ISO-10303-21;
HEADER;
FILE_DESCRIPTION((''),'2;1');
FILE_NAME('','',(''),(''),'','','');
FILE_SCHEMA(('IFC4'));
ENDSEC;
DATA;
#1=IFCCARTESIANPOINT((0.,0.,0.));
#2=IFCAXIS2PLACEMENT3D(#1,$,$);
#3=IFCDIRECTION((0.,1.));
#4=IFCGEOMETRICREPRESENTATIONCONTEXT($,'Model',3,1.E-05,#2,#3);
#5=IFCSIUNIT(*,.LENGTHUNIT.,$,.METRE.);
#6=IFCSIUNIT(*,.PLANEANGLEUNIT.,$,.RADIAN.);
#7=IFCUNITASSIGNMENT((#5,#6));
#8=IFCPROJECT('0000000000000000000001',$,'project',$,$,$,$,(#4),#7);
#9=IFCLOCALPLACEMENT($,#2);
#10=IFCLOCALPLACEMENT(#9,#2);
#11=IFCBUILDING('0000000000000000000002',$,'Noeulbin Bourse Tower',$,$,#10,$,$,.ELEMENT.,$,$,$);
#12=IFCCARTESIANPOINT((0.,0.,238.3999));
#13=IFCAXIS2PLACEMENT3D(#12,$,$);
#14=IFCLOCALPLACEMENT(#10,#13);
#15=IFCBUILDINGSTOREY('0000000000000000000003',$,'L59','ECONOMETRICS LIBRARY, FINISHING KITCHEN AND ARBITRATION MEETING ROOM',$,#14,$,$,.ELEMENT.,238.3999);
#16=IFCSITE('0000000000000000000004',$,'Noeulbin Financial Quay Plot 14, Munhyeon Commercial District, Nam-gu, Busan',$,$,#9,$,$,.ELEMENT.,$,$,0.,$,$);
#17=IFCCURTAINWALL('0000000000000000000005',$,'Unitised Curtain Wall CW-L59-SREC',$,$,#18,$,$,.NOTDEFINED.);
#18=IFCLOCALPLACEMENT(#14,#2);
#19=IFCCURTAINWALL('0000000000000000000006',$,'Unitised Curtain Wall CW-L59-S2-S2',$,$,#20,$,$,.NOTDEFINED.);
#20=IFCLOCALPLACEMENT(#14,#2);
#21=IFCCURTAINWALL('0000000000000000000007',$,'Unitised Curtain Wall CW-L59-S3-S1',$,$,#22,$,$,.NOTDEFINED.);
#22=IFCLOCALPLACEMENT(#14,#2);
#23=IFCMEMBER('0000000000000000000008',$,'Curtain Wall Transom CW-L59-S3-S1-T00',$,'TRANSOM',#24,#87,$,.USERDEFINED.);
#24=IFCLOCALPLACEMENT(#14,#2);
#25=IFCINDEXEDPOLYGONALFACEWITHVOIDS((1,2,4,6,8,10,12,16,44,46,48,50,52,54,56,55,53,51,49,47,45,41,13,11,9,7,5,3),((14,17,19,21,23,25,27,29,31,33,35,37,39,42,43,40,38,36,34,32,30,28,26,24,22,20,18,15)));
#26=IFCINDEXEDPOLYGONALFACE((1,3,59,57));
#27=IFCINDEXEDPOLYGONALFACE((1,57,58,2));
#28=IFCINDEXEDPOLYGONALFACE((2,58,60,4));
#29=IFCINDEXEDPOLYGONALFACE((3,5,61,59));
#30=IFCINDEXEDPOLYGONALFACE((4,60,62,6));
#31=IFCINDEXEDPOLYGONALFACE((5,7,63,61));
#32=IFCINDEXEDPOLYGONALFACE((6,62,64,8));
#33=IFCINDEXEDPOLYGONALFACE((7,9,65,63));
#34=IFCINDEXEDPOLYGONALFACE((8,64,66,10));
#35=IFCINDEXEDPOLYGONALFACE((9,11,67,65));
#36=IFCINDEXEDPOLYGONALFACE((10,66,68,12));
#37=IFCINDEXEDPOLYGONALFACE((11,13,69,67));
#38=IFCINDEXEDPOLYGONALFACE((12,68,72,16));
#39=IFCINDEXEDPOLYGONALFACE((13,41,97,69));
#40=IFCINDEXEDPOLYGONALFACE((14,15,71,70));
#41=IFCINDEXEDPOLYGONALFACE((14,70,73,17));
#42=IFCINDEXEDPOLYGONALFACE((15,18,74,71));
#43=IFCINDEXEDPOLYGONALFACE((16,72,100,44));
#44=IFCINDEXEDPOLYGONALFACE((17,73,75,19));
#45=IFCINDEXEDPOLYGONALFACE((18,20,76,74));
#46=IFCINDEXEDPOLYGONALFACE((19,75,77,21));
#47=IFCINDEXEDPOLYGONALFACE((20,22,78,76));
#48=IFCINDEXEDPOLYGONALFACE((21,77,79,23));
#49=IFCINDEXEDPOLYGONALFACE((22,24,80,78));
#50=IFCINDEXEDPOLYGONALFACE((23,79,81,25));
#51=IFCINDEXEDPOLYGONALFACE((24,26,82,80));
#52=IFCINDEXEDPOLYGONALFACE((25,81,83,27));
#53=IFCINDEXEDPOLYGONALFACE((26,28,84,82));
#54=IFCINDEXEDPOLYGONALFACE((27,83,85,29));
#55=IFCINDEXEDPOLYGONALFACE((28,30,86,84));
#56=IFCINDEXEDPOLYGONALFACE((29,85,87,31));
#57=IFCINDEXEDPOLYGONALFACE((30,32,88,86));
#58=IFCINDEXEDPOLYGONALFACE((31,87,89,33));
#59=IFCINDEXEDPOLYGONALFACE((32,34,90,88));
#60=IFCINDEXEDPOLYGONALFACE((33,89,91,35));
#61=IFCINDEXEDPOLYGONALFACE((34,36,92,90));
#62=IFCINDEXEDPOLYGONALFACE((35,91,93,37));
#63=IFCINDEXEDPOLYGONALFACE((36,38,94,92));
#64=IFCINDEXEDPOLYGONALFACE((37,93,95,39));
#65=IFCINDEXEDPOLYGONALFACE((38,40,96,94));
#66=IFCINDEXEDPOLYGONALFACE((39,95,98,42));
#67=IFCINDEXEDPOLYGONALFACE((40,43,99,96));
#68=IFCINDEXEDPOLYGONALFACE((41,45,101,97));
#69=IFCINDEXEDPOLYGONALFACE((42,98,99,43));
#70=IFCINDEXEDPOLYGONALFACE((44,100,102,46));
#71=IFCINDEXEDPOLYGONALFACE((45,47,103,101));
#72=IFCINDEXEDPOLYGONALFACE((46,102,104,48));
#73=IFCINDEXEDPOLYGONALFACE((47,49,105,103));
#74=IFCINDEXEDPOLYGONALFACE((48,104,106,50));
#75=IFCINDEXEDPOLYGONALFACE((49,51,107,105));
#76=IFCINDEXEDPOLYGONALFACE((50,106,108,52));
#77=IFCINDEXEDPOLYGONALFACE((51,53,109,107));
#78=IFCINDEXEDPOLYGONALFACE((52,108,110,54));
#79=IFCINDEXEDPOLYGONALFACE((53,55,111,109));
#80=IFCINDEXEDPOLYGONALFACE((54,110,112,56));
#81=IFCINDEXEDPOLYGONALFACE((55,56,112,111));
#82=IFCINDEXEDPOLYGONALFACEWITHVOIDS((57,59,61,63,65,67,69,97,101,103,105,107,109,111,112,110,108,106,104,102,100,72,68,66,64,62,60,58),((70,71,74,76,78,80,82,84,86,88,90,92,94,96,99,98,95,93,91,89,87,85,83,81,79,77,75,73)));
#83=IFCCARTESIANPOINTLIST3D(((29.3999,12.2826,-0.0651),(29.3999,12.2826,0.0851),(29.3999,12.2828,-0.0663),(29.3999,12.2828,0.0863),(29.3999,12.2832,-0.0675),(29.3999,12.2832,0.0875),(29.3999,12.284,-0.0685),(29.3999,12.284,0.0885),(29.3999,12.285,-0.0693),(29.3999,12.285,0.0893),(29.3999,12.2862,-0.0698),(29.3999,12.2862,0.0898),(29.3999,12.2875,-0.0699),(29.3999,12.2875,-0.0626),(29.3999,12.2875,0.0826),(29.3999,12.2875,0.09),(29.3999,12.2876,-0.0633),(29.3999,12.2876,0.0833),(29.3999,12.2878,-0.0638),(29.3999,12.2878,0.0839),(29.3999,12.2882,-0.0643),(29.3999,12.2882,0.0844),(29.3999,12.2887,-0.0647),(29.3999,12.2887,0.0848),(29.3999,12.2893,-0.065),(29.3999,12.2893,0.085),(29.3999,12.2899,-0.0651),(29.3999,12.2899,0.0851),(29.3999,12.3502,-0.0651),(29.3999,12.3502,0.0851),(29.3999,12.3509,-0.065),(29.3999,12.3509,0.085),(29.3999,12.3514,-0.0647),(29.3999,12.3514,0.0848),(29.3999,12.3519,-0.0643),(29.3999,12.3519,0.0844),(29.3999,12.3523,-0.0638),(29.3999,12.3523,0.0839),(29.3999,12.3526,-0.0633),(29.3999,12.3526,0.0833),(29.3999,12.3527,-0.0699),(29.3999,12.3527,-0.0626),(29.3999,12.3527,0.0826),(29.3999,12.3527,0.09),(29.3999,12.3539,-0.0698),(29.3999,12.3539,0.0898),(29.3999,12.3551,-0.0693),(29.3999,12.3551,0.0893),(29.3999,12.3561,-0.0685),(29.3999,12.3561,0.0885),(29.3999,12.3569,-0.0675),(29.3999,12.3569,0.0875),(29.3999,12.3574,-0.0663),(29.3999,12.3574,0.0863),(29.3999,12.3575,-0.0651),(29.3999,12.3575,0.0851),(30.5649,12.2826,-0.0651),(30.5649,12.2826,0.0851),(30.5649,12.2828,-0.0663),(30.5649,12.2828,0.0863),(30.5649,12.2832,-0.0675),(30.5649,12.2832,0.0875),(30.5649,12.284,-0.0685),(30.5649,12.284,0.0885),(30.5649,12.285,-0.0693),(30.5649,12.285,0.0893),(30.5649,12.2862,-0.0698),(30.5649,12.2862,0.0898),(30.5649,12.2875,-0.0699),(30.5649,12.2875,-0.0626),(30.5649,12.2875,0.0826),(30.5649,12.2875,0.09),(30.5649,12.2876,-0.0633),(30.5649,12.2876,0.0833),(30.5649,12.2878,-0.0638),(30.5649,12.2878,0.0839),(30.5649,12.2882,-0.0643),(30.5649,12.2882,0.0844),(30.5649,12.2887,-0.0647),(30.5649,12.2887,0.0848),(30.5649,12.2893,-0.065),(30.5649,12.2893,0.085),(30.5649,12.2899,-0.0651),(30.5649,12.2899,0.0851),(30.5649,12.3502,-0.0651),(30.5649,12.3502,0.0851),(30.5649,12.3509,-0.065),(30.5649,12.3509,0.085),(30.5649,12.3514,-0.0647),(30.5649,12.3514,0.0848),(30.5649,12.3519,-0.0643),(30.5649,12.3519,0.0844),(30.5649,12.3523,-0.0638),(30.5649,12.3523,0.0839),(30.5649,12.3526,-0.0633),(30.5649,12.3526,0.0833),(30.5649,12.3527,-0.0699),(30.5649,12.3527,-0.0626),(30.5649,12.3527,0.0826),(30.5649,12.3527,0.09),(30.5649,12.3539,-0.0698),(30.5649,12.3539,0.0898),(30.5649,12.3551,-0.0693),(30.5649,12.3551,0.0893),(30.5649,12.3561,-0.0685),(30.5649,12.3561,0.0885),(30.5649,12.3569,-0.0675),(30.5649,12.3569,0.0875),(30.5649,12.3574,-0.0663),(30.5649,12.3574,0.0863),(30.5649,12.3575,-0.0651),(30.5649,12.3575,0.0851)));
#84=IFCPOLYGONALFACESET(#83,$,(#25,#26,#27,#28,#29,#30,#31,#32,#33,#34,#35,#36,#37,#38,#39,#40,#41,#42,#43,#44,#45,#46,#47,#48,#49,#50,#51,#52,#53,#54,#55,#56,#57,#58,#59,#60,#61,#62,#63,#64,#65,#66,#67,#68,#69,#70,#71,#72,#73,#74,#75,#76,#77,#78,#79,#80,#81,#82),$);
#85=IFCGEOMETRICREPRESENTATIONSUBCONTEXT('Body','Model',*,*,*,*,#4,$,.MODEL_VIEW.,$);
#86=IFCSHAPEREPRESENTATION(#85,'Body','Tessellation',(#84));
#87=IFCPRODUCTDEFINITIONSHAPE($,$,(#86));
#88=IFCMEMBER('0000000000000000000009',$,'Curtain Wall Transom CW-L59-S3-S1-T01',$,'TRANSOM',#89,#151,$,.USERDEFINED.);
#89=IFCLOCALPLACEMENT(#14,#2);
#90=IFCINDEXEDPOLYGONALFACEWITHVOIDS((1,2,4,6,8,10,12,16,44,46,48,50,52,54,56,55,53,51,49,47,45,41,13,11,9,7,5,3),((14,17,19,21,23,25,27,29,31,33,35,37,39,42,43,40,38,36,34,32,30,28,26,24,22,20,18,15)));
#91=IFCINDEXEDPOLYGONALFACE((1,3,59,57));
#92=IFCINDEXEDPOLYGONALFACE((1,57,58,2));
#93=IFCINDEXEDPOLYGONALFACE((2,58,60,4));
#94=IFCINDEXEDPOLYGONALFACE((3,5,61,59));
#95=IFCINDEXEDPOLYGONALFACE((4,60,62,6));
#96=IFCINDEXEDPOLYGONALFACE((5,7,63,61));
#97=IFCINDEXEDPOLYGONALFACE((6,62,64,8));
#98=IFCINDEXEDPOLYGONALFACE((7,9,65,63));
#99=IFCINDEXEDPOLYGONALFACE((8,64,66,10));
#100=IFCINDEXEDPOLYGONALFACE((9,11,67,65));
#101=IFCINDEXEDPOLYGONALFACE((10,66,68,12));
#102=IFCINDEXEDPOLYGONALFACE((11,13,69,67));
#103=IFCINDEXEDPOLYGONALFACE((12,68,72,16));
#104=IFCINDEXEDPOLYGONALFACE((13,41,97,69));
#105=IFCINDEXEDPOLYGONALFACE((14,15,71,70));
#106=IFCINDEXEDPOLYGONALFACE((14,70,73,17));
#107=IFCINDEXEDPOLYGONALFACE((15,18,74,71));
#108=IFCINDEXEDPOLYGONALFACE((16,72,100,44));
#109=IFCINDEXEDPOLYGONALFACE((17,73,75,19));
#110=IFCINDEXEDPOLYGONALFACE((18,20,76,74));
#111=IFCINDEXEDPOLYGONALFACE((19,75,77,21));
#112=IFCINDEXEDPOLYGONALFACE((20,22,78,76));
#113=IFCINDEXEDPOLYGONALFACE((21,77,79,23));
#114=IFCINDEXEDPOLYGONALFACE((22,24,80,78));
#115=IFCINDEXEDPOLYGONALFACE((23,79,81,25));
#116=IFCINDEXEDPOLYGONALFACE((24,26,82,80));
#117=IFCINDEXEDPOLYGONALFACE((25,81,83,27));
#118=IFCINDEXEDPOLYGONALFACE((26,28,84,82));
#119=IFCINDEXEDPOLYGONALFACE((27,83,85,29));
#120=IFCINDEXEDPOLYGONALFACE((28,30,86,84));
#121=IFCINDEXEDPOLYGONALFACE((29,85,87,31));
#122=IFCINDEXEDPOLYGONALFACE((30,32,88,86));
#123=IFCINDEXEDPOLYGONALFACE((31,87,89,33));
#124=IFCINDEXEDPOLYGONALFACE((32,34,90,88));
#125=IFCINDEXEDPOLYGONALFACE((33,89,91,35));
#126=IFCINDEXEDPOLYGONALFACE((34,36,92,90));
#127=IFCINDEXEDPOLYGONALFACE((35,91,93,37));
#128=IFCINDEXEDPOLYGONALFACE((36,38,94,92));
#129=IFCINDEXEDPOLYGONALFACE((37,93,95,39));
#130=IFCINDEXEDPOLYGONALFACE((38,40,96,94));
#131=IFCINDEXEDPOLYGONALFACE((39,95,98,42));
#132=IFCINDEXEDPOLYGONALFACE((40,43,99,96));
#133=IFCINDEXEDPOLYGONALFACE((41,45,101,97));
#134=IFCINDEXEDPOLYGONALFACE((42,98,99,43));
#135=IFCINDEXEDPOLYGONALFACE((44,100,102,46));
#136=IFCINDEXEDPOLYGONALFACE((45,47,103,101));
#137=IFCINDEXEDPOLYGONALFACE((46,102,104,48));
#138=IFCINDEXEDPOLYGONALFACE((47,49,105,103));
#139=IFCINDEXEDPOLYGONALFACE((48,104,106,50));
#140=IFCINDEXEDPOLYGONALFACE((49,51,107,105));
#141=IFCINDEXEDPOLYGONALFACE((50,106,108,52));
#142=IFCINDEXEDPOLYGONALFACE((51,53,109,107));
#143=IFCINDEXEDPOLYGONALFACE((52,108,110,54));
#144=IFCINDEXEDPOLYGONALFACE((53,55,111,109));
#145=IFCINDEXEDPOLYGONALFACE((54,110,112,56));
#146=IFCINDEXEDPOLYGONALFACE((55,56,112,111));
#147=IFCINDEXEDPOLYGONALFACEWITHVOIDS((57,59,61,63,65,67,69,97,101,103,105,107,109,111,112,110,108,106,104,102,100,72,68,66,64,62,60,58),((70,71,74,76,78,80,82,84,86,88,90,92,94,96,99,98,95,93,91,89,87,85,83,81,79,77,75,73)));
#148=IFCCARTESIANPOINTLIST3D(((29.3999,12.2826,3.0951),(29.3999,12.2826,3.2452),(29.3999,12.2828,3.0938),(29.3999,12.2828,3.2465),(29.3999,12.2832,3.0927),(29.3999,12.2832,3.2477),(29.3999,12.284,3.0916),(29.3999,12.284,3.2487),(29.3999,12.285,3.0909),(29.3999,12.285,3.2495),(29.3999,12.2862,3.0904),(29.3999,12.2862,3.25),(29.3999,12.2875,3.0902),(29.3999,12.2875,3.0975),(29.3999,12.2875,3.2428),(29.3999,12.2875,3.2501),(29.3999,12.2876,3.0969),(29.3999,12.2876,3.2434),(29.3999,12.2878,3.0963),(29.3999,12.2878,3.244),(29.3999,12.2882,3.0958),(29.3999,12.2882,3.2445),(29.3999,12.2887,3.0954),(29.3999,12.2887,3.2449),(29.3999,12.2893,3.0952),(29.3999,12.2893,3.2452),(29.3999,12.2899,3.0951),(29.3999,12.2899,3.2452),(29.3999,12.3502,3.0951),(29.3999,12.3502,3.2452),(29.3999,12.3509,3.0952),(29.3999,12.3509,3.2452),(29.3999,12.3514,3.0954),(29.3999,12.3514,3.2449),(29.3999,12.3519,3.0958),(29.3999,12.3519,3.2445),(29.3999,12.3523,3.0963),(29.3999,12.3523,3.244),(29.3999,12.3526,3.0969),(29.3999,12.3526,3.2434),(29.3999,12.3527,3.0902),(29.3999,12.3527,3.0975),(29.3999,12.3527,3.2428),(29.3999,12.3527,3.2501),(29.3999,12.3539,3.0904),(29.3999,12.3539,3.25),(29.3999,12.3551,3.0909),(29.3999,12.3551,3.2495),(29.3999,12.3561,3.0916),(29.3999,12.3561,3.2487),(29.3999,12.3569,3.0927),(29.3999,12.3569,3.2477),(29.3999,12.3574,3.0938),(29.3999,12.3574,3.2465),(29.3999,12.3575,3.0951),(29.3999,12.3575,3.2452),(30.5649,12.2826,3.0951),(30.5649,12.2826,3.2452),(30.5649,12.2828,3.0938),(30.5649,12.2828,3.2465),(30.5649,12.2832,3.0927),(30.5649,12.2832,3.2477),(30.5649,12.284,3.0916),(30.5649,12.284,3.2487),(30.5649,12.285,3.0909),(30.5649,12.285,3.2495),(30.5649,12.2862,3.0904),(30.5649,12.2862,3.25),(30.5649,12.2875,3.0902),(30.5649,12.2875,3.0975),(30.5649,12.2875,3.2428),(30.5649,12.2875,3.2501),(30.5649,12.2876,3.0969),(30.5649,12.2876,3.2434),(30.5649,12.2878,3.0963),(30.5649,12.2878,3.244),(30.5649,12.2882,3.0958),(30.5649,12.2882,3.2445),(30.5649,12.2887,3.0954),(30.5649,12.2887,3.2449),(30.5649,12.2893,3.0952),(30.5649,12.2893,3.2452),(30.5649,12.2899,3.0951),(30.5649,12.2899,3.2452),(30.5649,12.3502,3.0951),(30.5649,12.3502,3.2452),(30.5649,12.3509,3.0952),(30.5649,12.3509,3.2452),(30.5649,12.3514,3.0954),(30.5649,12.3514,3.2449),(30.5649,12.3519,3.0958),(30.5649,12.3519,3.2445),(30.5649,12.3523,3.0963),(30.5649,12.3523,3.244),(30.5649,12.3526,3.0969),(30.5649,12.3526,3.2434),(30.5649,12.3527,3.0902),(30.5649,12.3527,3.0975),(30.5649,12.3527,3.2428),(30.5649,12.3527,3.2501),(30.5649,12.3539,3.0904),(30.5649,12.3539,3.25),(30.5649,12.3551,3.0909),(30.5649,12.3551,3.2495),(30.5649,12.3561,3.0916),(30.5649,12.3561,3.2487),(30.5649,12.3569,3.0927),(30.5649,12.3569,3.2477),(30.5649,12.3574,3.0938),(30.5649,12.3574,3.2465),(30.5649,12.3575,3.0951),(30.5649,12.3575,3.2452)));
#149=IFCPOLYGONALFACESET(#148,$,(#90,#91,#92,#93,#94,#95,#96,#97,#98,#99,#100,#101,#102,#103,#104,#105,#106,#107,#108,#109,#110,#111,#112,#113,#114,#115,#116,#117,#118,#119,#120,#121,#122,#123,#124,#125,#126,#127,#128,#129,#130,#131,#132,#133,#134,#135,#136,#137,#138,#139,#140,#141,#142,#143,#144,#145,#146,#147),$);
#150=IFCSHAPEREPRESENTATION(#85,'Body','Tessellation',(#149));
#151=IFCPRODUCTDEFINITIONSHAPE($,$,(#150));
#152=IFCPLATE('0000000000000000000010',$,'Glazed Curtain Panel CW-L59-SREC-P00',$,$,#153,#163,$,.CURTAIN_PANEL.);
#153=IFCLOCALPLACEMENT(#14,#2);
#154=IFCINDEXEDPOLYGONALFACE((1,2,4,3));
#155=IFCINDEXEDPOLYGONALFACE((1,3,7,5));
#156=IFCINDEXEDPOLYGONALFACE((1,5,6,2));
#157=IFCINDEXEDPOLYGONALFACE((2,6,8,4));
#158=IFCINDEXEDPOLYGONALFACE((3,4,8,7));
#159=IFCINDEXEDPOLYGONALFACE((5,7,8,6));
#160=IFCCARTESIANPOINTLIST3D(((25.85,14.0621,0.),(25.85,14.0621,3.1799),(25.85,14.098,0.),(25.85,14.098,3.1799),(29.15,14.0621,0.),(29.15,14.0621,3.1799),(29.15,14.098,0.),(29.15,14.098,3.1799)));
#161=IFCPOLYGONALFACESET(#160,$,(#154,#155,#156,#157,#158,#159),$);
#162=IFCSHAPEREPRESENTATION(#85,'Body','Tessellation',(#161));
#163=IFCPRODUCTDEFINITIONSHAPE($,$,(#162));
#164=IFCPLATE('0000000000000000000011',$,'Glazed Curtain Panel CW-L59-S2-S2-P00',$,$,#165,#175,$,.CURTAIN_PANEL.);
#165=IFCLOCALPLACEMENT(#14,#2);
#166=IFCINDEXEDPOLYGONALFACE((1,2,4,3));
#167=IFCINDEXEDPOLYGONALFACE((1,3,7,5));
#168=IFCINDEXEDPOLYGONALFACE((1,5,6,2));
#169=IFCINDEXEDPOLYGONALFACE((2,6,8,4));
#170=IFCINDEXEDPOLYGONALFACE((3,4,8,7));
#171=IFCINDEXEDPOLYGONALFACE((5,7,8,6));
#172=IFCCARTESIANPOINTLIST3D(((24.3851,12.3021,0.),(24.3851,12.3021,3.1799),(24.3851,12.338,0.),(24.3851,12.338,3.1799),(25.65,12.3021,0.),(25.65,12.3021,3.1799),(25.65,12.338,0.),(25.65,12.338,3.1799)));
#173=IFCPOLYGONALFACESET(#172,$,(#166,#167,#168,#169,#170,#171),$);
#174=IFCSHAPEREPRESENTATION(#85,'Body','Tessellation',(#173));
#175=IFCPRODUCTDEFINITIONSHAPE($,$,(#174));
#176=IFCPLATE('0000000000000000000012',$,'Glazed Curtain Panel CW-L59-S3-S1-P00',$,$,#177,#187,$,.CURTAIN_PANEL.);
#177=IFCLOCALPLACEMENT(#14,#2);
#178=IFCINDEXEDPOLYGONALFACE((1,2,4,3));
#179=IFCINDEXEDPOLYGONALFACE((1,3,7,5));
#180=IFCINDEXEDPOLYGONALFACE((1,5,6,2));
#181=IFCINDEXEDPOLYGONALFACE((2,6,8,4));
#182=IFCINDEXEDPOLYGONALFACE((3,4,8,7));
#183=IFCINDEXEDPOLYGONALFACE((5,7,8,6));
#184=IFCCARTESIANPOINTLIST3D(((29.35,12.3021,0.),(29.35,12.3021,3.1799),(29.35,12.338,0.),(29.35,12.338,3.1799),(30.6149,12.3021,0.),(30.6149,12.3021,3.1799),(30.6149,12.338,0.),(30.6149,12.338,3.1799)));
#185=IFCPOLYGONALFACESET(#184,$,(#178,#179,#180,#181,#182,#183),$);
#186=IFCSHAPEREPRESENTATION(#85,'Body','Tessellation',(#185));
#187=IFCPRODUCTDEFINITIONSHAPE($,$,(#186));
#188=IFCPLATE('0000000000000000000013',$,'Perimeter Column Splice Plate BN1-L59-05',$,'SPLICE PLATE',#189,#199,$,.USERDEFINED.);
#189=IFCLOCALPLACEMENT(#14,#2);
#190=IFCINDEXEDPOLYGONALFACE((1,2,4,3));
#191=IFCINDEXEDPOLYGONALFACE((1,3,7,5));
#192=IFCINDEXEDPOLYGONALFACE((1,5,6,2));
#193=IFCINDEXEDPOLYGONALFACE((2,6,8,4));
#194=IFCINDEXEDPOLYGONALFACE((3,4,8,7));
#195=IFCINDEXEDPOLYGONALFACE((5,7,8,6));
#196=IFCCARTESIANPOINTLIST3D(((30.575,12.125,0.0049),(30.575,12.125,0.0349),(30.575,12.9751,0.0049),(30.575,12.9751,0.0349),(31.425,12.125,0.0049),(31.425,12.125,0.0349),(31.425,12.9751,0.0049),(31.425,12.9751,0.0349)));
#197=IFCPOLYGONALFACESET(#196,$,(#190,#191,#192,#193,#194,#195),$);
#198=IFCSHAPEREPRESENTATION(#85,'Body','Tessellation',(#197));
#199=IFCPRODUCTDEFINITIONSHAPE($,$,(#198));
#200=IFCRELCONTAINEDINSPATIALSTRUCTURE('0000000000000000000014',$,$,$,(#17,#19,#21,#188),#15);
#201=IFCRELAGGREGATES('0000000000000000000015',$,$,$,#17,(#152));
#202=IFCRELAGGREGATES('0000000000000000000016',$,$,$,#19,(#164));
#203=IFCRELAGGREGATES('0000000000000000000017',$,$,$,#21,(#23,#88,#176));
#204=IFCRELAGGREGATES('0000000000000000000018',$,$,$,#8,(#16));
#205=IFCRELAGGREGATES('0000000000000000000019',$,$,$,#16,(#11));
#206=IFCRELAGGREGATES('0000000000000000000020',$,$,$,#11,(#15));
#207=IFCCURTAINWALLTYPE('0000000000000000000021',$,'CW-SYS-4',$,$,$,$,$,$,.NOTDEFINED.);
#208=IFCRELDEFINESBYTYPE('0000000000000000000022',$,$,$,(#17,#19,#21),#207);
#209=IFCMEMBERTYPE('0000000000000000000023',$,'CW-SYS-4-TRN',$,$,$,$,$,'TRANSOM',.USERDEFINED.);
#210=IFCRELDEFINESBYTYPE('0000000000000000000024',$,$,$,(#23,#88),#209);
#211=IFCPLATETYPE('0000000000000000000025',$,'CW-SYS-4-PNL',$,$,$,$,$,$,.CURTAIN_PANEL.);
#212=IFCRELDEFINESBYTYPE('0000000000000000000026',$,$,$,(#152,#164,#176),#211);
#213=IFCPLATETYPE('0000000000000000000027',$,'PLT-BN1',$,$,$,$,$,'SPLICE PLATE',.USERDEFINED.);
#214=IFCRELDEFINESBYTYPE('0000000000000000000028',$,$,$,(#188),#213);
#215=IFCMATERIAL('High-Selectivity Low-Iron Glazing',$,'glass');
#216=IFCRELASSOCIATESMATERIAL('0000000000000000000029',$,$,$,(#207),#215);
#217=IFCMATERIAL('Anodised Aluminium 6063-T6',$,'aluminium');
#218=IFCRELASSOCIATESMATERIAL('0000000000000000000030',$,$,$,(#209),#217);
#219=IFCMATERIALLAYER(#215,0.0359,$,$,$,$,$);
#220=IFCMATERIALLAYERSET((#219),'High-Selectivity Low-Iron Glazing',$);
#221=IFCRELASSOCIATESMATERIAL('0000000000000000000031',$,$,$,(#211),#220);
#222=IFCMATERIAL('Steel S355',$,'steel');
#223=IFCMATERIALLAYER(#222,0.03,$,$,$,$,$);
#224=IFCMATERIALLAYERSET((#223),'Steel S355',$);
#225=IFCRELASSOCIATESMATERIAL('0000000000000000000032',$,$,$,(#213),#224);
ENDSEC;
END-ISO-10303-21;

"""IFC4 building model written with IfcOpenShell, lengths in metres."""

from ifc_helpers import new_model, si_unit, direction, frame, origin, origin_2d, place, context, subcontext, project, spatial, rectangle, hollow_rectangle, extrude, material, layer, layer_set, material_profile, profile_set, type_object, element, aggregate, save


model = new_model("IFC4")

# Units and contexts
model_context = context("Model", 3, precision=1e-05, world=origin(), true_north=direction((0.0, 1.0)))
body_context = subcontext(model_context, "Body", "Model", "MODEL_VIEW")
ifc_project = project(units=[si_unit("LENGTHUNIT", "METRE"), si_unit("PLANEANGLEUNIT", "RADIAN")], contexts=[model_context])

# Site, building, storey
site_placement = place(None, origin())
site = spatial("IfcSite", under=ifc_project, at=site_placement, Name="Noeulbin Financial Quay Plot 14, Munhyeon Commercial District, Nam-gu, Busan", CompositionType="ELEMENT", RefElevation=0.0)
building_placement = place(site_placement, origin())
building = spatial("IfcBuilding", under=site, at=building_placement, Name="Noeulbin Bourse Tower", CompositionType="ELEMENT")
storey_placement = place(building_placement, frame((0.0, 0.0, 238.3999)))
storey = spatial("IfcBuildingStorey", under=building, at=storey_placement, Name="L59", Description="ECONOMETRICS LIBRARY, FINISHING KITCHEN AND ARBITRATION MEETING ROOM", CompositionType="ELEMENT", Elevation=238.3999)

# Shared definitions
ifc_material_1 = material(Name="Steel S355", Category="steel")

# Curtain walls
ifc_material_2 = material(Name="High-Selectivity Low-Iron Glazing", Category="glass")
curtain_wall_type = type_object("IfcCurtainWallType", Name="CW-SYS-4", PredefinedType="NOTDEFINED", material=ifc_material_2)
curtain_wall_1_placement = place(storey_placement, origin())
curtain_wall_1 = element("IfcCurtainWall", 1, at=curtain_wall_1_placement, inside=storey, type_object=curtain_wall_type, Name="Unitised Curtain Wall CW-L59-SREC", PredefinedType="NOTDEFINED")
ifc_material_3 = material(Name="Anodised Aluminium 6063-T6", Category="aluminium")
curtain_wall_2_placement = place(storey_placement, origin())
curtain_wall_2 = element("IfcCurtainWall", 2, at=curtain_wall_2_placement, inside=storey, type_object=curtain_wall_type, Name="Unitised Curtain Wall CW-L59-S2-S2", PredefinedType="NOTDEFINED")
curtain_wall_3_placement = place(storey_placement, origin())
curtain_wall_3 = element("IfcCurtainWall", 3, at=curtain_wall_3_placement, inside=storey, type_object=curtain_wall_type, Name="Unitised Curtain Wall CW-L59-S3-S1", PredefinedType="NOTDEFINED")

# Members
ifc_material_profile_1 = material_profile(ifc_material_3, hollow_rectangle(XDim=0.075, YDim=0.1599, WallThickness=0.0049, InnerFilletRadius=0.0024, OuterFilletRadius=0.0049, at=origin_2d()), Name="ALU-TRAN-75x160x5", Category="LoadBearing")
ifc_profile_set_1 = profile_set([ifc_material_profile_1], Name="Anodised Aluminium 6063-T6")
member_type_1 = type_object("IfcMemberType", Name="CW-SYS-4-TRN", ElementType="TRANSOM", PredefinedType="USERDEFINED", material=ifc_profile_set_1)
member_1_placement = place(storey_placement, frame((29.3999, 12.3201, 0.01), z_axis=(1.0, 0.0, 0.0), x_axis=(0.0, 1.0, 0.0)))
member_1 = element("IfcMember", 4, at=member_1_placement, type_object=member_type_1, Name="Curtain Wall Transom CW-L59-S3-S1-T00", ObjectType="TRANSOM", PredefinedType="USERDEFINED", context=body_context, shape_type="SweptSolid", body=[
    extrude(hollow_rectangle(XDim=0.075, YDim=0.1599, WallThickness=0.0049, InnerFilletRadius=0.0024, OuterFilletRadius=0.0049, at=origin_2d()), origin(), (0.0, 0.0, 1.0), 1.165),
])
member_2_placement = place(storey_placement, frame((29.3999, 12.3201, 3.1702), z_axis=(1.0, 0.0, 0.0), x_axis=(0.0, 1.0, 0.0)))
member_2 = element("IfcMember", 5, at=member_2_placement, type_object=member_type_1, Name="Curtain Wall Transom CW-L59-S3-S1-T01", ObjectType="TRANSOM", PredefinedType="USERDEFINED", context=body_context, shape_type="SweptSolid", body=[
    extrude(hollow_rectangle(XDim=0.075, YDim=0.1599, WallThickness=0.0049, InnerFilletRadius=0.0024, OuterFilletRadius=0.0049, at=origin_2d()), origin(), (0.0, 0.0, 1.0), 1.165),
])

# Plates
ifc_layer_1 = layer(ifc_material_2, 0.0359)
ifc_layer_set_1 = layer_set([ifc_layer_1], Name="High-Selectivity Low-Iron Glazing")
plate_type_1 = type_object("IfcPlateType", Name="CW-SYS-4-PNL", PredefinedType="CURTAIN_PANEL", material=ifc_layer_set_1)
plate_1_placement = place(storey_placement, frame((27.5, 14.0801, 0.0), z_axis=(0.0, 0.0, 1.0), x_axis=(1.0, 0.0, 0.0)))
plate_1 = element("IfcPlate", 6, at=plate_1_placement, type_object=plate_type_1, Name="Glazed Curtain Panel CW-L59-SREC-P00", PredefinedType="CURTAIN_PANEL", context=body_context, shape_type="SweptSolid", body=[
    extrude(rectangle(XDim=3.3, YDim=0.0359, at=origin_2d()), origin(), (0.0, 0.0, 1.0), 3.1799),
])
aggregate(curtain_wall_1, [plate_1])
plate_2_placement = place(storey_placement, frame((25.0176, 12.3201, 0.0), z_axis=(0.0, 0.0, 1.0), x_axis=(1.0, 0.0, 0.0)))
plate_2 = element("IfcPlate", 7, at=plate_2_placement, type_object=plate_type_1, Name="Glazed Curtain Panel CW-L59-S2-S2-P00", PredefinedType="CURTAIN_PANEL", context=body_context, shape_type="SweptSolid", body=[
    extrude(rectangle(XDim=1.2649, YDim=0.0359, at=origin_2d()), origin(), (0.0, 0.0, 1.0), 3.1799),
])
aggregate(curtain_wall_2, [plate_2])
plate_3_placement = place(storey_placement, frame((29.9824, 12.3201, 0.0), z_axis=(0.0, 0.0, 1.0), x_axis=(1.0, 0.0, 0.0)))
plate_3 = element("IfcPlate", 8, at=plate_3_placement, type_object=plate_type_1, Name="Glazed Curtain Panel CW-L59-S3-S1-P00", PredefinedType="CURTAIN_PANEL", context=body_context, shape_type="SweptSolid", body=[
    extrude(rectangle(XDim=1.2649, YDim=0.0359, at=origin_2d()), origin(), (0.0, 0.0, 1.0), 3.1799),
])
aggregate(curtain_wall_3, [member_1, member_2, plate_3])
ifc_layer_2 = layer(ifc_material_1, 0.03)
ifc_layer_set_2 = layer_set([ifc_layer_2], Name="Steel S355")
plate_type_2 = type_object("IfcPlateType", Name="PLT-BN1", ElementType="SPLICE PLATE", PredefinedType="USERDEFINED", material=ifc_layer_set_2)
plate_4_placement = place(storey_placement, frame((31.0, 12.55, 0.0049), z_axis=(0.0, 0.0, 1.0), x_axis=(1.0, 0.0, 0.0)))
element("IfcPlate", 9, at=plate_4_placement, inside=storey, type_object=plate_type_2, Name="Perimeter Column Splice Plate BN1-L59-05", ObjectType="SPLICE PLATE", PredefinedType="USERDEFINED", context=body_context, shape_type="SweptSolid", body=[
    extrude(rectangle(XDim=0.8501, YDim=0.8501, at=origin_2d()), origin(), (0.0, 0.0, 1.0), 0.03),
])

save(model, "model.ifc")
